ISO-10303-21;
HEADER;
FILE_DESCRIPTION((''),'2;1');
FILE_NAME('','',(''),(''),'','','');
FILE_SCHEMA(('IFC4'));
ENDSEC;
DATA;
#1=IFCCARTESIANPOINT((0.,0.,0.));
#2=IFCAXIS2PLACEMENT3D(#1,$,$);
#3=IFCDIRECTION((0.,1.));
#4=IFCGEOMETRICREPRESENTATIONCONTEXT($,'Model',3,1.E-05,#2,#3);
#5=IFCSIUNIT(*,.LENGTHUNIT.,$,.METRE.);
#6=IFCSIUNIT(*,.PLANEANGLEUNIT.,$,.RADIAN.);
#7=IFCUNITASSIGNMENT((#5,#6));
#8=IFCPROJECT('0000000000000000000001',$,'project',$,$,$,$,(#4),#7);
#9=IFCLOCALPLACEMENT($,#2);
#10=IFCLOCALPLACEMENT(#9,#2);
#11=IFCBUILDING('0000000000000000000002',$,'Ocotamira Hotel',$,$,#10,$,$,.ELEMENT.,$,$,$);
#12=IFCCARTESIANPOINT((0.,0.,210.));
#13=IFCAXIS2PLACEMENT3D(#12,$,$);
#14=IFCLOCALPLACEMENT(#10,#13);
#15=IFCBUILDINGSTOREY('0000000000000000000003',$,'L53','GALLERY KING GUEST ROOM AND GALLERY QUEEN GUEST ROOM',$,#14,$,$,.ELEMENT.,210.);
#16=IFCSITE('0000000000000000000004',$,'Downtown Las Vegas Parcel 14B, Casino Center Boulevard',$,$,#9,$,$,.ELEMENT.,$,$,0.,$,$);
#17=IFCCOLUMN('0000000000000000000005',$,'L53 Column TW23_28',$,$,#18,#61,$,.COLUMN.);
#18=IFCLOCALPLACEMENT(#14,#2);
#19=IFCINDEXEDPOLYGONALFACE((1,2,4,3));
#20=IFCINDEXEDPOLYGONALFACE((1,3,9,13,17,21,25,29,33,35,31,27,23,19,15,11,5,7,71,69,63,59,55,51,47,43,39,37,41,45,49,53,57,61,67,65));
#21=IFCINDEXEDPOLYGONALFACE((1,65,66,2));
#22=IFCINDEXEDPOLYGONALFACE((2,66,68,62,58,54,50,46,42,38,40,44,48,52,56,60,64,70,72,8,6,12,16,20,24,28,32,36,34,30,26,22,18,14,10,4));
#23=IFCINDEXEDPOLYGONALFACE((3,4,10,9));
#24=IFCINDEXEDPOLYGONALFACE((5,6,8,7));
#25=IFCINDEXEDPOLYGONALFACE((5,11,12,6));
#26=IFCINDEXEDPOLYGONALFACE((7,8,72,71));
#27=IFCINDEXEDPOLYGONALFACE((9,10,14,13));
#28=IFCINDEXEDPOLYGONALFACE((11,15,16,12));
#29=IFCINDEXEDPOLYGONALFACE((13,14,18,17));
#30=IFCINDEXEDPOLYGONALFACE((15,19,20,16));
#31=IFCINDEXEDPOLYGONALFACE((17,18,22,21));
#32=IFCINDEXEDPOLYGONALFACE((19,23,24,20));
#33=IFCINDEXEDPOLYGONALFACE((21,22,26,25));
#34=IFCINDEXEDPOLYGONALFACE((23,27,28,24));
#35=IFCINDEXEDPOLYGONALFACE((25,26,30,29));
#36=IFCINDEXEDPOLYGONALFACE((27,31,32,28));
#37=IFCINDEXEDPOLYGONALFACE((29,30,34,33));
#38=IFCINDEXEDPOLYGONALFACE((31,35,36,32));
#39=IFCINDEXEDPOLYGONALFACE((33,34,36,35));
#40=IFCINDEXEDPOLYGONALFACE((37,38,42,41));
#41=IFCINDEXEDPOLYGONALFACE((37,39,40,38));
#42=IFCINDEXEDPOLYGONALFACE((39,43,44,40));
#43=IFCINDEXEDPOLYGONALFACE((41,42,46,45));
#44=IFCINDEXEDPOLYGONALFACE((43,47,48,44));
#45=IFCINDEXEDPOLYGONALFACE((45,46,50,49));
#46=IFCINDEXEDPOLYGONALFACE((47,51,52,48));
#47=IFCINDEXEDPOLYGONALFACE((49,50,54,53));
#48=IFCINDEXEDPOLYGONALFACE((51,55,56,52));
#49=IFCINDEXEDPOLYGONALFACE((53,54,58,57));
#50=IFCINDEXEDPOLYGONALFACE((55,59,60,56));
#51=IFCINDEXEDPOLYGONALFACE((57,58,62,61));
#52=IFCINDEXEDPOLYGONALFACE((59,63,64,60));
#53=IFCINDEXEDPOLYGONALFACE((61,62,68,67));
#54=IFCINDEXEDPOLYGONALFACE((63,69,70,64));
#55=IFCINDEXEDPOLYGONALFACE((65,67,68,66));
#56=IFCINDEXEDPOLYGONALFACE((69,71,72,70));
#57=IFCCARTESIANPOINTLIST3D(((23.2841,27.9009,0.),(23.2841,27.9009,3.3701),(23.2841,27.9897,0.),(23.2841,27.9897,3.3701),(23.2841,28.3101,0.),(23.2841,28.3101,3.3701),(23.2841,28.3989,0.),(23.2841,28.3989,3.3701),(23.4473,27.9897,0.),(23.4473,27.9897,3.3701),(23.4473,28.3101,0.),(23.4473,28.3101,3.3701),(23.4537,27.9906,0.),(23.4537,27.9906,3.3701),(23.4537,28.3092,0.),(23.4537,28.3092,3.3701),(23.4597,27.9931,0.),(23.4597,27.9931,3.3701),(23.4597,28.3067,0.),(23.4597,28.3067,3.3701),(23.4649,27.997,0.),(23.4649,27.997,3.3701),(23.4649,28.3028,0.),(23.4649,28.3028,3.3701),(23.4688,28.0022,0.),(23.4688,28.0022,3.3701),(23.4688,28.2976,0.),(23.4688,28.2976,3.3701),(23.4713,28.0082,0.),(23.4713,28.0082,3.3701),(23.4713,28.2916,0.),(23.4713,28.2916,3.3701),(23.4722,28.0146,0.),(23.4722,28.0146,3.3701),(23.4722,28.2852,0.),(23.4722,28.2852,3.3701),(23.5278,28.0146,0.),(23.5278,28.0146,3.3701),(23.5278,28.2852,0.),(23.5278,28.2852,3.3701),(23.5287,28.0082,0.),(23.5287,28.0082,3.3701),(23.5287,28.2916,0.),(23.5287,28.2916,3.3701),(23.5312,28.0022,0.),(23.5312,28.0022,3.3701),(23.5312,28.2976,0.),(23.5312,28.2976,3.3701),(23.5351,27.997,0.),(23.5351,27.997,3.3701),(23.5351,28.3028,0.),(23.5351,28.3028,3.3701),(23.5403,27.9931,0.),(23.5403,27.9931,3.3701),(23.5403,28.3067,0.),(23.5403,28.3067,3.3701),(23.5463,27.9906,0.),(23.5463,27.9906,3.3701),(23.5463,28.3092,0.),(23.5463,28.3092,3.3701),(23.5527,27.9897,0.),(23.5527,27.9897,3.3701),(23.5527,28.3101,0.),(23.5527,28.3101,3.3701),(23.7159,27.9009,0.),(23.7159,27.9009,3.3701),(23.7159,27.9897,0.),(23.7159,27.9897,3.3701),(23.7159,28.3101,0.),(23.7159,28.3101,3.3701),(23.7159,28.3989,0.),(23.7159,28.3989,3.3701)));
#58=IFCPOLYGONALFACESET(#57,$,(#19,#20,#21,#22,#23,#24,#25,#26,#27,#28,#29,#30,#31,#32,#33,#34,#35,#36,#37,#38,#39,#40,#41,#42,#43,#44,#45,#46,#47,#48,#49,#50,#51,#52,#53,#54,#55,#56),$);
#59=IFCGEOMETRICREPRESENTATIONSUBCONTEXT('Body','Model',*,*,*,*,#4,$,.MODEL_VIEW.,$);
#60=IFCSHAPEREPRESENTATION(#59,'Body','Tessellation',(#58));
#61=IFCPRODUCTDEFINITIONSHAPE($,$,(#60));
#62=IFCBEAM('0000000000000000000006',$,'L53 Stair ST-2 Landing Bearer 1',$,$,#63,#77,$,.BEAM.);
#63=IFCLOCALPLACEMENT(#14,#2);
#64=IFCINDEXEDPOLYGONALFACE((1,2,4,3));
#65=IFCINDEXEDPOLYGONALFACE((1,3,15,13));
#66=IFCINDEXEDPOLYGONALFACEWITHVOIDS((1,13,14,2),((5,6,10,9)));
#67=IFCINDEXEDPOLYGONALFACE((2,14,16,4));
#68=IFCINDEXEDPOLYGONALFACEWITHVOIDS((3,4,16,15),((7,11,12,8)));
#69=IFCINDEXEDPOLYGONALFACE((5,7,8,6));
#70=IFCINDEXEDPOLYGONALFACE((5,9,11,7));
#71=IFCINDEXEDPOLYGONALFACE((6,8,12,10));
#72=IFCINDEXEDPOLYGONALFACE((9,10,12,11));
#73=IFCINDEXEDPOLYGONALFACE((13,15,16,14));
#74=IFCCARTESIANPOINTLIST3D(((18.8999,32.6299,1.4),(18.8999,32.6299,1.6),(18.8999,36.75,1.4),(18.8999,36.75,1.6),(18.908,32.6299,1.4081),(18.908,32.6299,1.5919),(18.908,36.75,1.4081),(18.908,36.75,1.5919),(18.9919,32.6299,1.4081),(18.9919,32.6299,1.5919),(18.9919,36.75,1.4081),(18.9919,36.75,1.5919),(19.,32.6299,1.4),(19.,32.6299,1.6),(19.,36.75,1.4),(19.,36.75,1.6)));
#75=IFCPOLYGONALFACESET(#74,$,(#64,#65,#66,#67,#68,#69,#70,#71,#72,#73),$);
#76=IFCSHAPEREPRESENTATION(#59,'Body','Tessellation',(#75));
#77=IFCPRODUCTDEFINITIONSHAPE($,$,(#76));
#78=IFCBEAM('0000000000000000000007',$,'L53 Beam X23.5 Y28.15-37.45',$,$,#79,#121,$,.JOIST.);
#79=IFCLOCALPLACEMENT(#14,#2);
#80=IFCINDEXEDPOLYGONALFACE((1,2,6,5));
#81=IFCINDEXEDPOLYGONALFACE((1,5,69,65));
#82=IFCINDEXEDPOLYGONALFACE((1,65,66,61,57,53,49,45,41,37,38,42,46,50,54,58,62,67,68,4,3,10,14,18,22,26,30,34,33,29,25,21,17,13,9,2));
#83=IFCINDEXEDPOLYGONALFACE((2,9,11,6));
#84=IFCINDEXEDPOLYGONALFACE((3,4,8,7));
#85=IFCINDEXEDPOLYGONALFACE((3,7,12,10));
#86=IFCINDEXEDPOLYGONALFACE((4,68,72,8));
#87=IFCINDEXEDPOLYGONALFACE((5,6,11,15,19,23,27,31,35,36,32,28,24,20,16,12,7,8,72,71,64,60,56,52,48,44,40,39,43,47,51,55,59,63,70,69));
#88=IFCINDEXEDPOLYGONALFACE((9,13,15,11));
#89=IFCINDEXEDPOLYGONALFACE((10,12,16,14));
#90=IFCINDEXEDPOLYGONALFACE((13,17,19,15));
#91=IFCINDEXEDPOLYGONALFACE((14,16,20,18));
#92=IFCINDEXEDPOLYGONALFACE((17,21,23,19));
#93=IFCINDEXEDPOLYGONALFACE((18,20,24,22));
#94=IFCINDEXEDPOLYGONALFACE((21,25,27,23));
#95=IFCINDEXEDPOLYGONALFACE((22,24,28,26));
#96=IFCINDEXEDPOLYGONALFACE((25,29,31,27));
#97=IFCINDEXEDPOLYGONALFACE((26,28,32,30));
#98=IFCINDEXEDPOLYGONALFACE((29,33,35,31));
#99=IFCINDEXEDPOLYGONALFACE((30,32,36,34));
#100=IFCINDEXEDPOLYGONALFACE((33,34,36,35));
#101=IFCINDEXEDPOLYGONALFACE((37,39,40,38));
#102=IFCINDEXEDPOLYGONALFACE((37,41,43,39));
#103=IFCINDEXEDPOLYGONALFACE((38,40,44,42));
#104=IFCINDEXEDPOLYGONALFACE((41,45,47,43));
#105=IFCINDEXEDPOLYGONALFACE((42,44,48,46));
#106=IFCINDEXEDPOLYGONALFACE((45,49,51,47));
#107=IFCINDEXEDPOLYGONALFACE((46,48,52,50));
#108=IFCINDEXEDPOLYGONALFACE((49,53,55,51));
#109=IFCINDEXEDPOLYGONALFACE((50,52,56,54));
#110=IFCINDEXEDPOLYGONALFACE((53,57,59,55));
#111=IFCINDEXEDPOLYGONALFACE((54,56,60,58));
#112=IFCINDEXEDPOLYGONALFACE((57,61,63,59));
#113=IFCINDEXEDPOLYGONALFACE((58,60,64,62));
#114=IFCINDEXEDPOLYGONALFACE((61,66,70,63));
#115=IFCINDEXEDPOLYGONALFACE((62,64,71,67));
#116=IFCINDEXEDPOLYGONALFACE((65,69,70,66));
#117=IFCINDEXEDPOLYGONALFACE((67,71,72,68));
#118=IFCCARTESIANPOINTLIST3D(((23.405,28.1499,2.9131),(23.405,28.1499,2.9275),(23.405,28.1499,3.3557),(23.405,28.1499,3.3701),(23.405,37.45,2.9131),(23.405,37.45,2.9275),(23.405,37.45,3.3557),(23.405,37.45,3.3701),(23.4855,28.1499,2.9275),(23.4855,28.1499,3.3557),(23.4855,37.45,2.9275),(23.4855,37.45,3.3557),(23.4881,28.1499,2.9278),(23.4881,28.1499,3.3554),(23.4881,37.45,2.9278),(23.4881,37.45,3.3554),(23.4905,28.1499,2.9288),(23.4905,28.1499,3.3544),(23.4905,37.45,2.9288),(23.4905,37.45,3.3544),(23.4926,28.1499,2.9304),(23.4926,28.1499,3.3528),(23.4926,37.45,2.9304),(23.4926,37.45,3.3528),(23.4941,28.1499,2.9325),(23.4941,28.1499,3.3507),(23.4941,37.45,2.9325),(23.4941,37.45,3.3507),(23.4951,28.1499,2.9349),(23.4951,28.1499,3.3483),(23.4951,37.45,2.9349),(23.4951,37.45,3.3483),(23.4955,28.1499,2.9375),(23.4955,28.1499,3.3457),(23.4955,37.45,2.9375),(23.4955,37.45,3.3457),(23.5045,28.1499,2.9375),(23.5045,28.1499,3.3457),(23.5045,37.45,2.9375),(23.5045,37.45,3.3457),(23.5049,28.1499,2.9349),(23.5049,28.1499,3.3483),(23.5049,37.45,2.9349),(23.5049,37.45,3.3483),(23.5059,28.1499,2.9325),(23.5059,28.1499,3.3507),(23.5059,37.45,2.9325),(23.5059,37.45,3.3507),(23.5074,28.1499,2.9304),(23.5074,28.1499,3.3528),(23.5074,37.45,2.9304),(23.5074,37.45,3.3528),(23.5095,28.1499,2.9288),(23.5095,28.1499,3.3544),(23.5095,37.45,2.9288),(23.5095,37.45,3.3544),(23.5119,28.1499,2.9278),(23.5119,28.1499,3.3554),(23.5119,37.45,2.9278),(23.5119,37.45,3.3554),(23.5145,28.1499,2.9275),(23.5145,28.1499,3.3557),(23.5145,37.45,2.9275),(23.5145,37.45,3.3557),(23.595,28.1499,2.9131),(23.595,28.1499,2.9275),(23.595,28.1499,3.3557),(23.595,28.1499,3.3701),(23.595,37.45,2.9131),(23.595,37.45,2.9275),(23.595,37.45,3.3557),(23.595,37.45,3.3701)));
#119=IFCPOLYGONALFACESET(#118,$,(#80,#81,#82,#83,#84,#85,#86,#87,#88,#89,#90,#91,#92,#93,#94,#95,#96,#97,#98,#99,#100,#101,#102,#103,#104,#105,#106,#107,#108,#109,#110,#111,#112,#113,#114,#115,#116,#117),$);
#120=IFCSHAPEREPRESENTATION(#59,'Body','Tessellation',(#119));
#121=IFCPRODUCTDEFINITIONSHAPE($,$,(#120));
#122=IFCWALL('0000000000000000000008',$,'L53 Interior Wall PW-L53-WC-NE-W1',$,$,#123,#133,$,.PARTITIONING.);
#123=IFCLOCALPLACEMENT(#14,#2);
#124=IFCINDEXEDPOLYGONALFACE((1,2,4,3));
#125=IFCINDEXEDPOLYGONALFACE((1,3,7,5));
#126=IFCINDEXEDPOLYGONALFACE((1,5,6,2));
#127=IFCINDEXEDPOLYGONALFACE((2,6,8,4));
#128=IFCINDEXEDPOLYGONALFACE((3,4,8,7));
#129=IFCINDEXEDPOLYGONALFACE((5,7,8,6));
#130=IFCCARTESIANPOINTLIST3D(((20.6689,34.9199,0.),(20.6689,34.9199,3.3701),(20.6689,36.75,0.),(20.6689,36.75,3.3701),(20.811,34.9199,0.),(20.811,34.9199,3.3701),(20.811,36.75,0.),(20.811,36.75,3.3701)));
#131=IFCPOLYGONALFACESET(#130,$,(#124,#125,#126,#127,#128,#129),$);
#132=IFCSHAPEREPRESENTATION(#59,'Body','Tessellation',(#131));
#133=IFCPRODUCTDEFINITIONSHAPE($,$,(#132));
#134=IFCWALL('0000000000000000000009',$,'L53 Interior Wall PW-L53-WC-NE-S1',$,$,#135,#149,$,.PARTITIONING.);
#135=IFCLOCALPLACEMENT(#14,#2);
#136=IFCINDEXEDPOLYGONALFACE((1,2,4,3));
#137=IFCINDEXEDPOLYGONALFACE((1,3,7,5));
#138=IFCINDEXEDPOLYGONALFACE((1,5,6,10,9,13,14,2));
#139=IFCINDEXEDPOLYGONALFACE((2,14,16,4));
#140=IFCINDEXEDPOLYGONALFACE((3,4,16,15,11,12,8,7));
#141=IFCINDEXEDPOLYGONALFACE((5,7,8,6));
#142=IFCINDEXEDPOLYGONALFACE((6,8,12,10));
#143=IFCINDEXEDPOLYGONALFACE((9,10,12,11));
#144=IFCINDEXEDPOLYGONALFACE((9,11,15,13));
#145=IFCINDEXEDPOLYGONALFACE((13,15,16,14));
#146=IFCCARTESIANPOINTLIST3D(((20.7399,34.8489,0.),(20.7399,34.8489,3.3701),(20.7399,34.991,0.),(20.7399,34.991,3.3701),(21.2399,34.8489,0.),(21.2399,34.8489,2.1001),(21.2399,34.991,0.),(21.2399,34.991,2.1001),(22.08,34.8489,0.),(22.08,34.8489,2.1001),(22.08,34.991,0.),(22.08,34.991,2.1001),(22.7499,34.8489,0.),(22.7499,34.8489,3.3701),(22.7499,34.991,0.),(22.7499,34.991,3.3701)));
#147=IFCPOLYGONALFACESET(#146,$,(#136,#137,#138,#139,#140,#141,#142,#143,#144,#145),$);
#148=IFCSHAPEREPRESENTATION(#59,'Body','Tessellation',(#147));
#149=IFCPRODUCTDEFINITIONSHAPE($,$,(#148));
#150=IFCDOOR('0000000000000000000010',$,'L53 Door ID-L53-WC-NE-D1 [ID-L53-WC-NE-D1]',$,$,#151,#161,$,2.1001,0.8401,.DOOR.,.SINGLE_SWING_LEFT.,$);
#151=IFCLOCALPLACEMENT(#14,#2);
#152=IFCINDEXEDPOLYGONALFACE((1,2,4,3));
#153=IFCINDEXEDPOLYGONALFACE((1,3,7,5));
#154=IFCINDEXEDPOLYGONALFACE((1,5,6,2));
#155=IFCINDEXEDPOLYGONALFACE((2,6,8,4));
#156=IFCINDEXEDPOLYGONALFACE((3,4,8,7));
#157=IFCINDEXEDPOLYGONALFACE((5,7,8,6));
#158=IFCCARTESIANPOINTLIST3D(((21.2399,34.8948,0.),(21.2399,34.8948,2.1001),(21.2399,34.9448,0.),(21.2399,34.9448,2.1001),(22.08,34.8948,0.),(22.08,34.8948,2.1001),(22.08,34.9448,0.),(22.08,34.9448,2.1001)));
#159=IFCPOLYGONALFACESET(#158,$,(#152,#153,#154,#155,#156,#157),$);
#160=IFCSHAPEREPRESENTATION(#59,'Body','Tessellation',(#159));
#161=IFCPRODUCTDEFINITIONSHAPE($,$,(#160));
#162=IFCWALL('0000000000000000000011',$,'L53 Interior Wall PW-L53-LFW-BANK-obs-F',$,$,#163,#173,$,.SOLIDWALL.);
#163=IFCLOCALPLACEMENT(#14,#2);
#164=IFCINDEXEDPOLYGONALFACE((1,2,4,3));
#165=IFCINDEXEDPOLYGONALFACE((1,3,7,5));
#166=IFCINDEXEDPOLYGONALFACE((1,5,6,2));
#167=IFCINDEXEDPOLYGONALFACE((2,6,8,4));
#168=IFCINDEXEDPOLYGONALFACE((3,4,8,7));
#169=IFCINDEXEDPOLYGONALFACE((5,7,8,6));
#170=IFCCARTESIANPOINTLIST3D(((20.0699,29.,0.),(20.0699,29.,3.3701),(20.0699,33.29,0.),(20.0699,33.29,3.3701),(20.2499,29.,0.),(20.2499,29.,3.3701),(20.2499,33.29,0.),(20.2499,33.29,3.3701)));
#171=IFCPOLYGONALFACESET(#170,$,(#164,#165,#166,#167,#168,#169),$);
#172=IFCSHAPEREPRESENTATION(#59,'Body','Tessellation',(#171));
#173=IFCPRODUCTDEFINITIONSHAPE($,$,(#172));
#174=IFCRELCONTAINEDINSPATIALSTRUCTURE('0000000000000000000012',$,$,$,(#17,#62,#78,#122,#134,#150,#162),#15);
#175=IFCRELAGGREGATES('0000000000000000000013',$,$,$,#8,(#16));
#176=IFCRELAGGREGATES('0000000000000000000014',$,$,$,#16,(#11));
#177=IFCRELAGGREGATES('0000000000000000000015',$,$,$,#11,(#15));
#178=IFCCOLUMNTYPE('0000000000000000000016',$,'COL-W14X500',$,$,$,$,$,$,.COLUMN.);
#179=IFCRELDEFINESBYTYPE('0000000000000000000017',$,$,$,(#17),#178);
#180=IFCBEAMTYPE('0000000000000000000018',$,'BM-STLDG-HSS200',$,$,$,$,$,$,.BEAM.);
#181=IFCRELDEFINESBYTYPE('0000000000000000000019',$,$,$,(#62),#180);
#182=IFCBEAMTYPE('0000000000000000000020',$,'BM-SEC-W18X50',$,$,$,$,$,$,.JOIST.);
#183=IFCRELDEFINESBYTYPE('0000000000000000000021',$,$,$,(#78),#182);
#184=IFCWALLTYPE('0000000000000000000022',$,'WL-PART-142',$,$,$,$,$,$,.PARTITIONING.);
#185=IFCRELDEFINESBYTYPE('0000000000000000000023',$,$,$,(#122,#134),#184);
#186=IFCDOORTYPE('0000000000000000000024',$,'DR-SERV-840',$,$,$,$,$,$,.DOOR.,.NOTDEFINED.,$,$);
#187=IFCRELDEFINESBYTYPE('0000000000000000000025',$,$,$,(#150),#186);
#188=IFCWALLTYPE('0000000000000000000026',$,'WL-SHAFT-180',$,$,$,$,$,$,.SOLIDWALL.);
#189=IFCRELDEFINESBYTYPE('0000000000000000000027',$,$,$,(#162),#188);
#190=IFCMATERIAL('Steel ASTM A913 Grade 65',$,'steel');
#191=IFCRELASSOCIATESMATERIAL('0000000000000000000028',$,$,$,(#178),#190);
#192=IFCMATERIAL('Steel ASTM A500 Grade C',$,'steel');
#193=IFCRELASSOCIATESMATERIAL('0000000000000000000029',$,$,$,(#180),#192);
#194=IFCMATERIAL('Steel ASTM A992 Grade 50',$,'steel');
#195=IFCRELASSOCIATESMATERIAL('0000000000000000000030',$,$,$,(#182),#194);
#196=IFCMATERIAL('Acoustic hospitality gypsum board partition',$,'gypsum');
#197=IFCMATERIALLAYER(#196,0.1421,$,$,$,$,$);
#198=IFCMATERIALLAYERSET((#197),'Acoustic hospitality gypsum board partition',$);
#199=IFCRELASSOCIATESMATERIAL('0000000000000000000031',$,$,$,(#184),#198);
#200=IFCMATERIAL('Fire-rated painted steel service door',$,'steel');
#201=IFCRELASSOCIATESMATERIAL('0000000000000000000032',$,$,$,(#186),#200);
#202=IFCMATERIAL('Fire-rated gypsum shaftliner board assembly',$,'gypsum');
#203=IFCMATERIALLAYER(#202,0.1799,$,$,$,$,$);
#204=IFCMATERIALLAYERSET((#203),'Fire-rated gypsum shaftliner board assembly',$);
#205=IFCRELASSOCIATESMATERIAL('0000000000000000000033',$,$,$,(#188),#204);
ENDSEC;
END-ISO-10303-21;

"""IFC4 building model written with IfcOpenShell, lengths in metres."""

from ifc_helpers import new_model, si_unit, direction, frame, frame_2d, origin, origin_2d, place, context, subcontext, project, spatial, rectangle, hollow_rectangle, i_section, extrude, source, transform, mapped, material, layer, layer_set, material_profile, profile_set, type_object, element, fill, save


model = new_model("IFC4")

# Units and contexts
model_context = context("Model", 3, precision=1e-05, world=origin(), true_north=direction((0.0, 1.0)))
body_context = subcontext(model_context, "Body", "Model", "MODEL_VIEW")
ifc_project = project(units=[si_unit("LENGTHUNIT", "METRE"), si_unit("PLANEANGLEUNIT", "RADIAN")], contexts=[model_context])

# Site, building, storey
site_placement = place(None, origin())
site = spatial("IfcSite", under=ifc_project, at=site_placement, Name="Downtown Las Vegas Parcel 14B, Casino Center Boulevard", CompositionType="ELEMENT", RefElevation=0.0)
building_placement = place(site_placement, origin())
building = spatial("IfcBuilding", under=site, at=building_placement, Name="Ocotamira Hotel", CompositionType="ELEMENT")
storey_placement = place(building_placement, frame((0.0, 0.0, 210.0)))
storey = spatial("IfcBuildingStorey", under=building, at=storey_placement, Name="L53", Description="GALLERY KING GUEST ROOM AND GALLERY QUEEN GUEST ROOM", CompositionType="ELEMENT", Elevation=210.0)

# Column
ifc_material_1 = material(Name="Steel ASTM A913 Grade 65", Category="steel")
ifc_material_profile_1 = material_profile(ifc_material_1, i_section(OverallWidth=0.4319, OverallDepth=0.498, WebThickness=0.0557, FlangeThickness=0.0889, FilletRadius=0.0249, at=origin_2d()), Name="W14X500")
ifc_profile_set_1 = profile_set([ifc_material_profile_1], Name="Steel ASTM A913 Grade 65")
column_type = type_object("IfcColumnType", Name="COL-W14X500", PredefinedType="COLUMN", material=ifc_profile_set_1)
shared_shape_1 = source(origin(), body_context, "Body", "SweptSolid", [
    extrude(i_section(OverallWidth=0.4319, OverallDepth=0.498, WebThickness=0.0557, FlangeThickness=0.0889, FilletRadius=0.0249, at=origin_2d()), origin(), (0.0, 0.0, 1.0), 3.3701),
])
column_placement = place(storey_placement, frame((23.5, 28.1499, 0.0), z_axis=(0.0, 0.0, 1.0), x_axis=(1.0, 0.0, 0.0)))
element("IfcColumn", 1, at=column_placement, inside=storey, type_object=column_type, Name="L53 Column TW23_28", PredefinedType="COLUMN", context=body_context, shape_type="MappedRepresentation", body=[
    mapped(shared_shape_1, transform((0.0, 0.0, 0.0), scale=1.0)),
])

# Beams
ifc_material_2 = material(Name="Steel ASTM A500 Grade C", Category="steel")
ifc_material_profile_2 = material_profile(ifc_material_2, hollow_rectangle(XDim=0.1001, YDim=0.2, WallThickness=0.0081, at=origin_2d()), Name="HSS200X100X8")
ifc_profile_set_2 = profile_set([ifc_material_profile_2], Name="Steel ASTM A500 Grade C")
beam_type_1 = type_object("IfcBeamType", Name="BM-STLDG-HSS200", PredefinedType="BEAM", material=ifc_profile_set_2)
shared_shape_2 = source(origin(), body_context, "Body", "SweptSolid", [
    extrude(hollow_rectangle(XDim=0.1001, YDim=0.2, WallThickness=0.0081, at=origin_2d()), origin(), (0.0, 0.0, 1.0), 4.1201),
])
beam_1_placement = place(storey_placement, frame((18.95, 32.6299, 1.5), z_axis=(0.0, 1.0, 0.0), x_axis=(-1.0, 0.0, 0.0)))
element("IfcBeam", 2, at=beam_1_placement, inside=storey, type_object=beam_type_1, Name="L53 Stair ST-2 Landing Bearer 1", PredefinedType="BEAM", context=body_context, shape_type="MappedRepresentation", body=[
    mapped(shared_shape_2, transform((0.0, 0.0, 0.0), scale=1.0)),
])
ifc_material_3 = material(Name="Steel ASTM A992 Grade 50", Category="steel")
ifc_material_profile_3 = material_profile(ifc_material_3, i_section(OverallWidth=0.1899, OverallDepth=0.457, WebThickness=0.009, FlangeThickness=0.0144, FilletRadius=0.01, at=origin_2d()), Name="W18X50")
ifc_profile_set_3 = profile_set([ifc_material_profile_3], Name="Steel ASTM A992 Grade 50")
beam_type_2 = type_object("IfcBeamType", Name="BM-SEC-W18X50", PredefinedType="JOIST", material=ifc_profile_set_3)
shared_shape_3 = source(origin(), body_context, "Body", "SweptSolid", [
    extrude(i_section(OverallWidth=0.1899, OverallDepth=0.457, WebThickness=0.009, FlangeThickness=0.0144, FilletRadius=0.01, at=origin_2d()), origin(), (0.0, 0.0, 1.0), 9.3),
])
beam_2_placement = place(storey_placement, frame((23.5, 28.1499, 3.1416), z_axis=(0.0, 1.0, 0.0), x_axis=(-1.0, 0.0, 0.0)))
element("IfcBeam", 3, at=beam_2_placement, inside=storey, type_object=beam_type_2, Name="L53 Beam X23.5 Y28.15-37.45", PredefinedType="JOIST", context=body_context, shape_type="MappedRepresentation", body=[
    mapped(shared_shape_3, transform((0.0, 0.0, 0.0), scale=1.0)),
])

# Wall
ifc_material_4 = material(Name="Acoustic hospitality gypsum board partition", Category="gypsum")
ifc_layer_1 = layer(ifc_material_4, 0.1421)
ifc_layer_set_1 = layer_set([ifc_layer_1], Name="Acoustic hospitality gypsum board partition")
wall_type_1 = type_object("IfcWallType", Name="WL-PART-142", PredefinedType="PARTITIONING", material=ifc_layer_set_1)
wall_1_placement = place(storey_placement, frame((20.74, 34.9199, 0.0), z_axis=(0.0, 0.0, 1.0), x_axis=(0.0, 1.0, 0.0)))
element("IfcWall", 4, at=wall_1_placement, inside=storey, type_object=wall_type_1, Name="L53 Interior Wall PW-L53-WC-NE-W1", PredefinedType="PARTITIONING", context=body_context, shape_type="SweptSolid", body=[
    extrude(rectangle(XDim=1.8301, YDim=0.1421, at=frame_2d((0.915, 0.0))), origin(), (0.0, 0.0, 1.0), 3.3701),
])

# Wall, opening, door
wall_2_placement = place(storey_placement, frame((20.74, 34.9199, 0.0), z_axis=(0.0, 0.0, 1.0), x_axis=(1.0, 0.0, 0.0)))
wall_2 = element("IfcWall", 5, at=wall_2_placement, inside=storey, type_object=wall_type_1, Name="L53 Interior Wall PW-L53-WC-NE-S1", PredefinedType="PARTITIONING", context=body_context, shape_type="SweptSolid", body=[
    extrude(rectangle(XDim=2.01, YDim=0.1421, at=frame_2d((1.0049, 0.0))), origin(), (0.0, 0.0, 1.0), 3.3701),
])
opening_1_placement = place(wall_2_placement, frame((0.5, 0.0, 0.0)))
opening_1 = element("IfcOpeningElement", 6, at=opening_1_placement, cuts=wall_2, PredefinedType="OPENING", context=body_context, shape_type="SweptSolid", body=[
    extrude(rectangle(XDim=0.8401, YDim=2.1001, at=frame_2d((0.4199, 1.05))), frame((0.0, 0.0811, 0.0), z_axis=(0.0, -1.0, 0.0), x_axis=(1.0, 0.0, 0.0)), (0.0, 0.0, 1.0), 0.1621),
])
ifc_material_5 = material(Name="Fire-rated painted steel service door", Category="steel")
door_type_1 = type_object("IfcDoorType", Name="DR-SERV-840", OperationType="NOTDEFINED", PredefinedType="DOOR", material=ifc_material_5)
shared_shape_4 = source(origin(), body_context, "Body", "SweptSolid", [
    extrude(rectangle(XDim=0.8401, YDim=2.1001, at=frame_2d((0.4199, 1.05))), frame((0.0, 0.0249, 0.0), z_axis=(0.0, -1.0, 0.0), x_axis=(1.0, 0.0, 0.0)), (0.0, 0.0, 1.0), 0.05),
])
door_1_placement = place(opening_1_placement, origin())
door_1 = element("IfcDoor", 7, at=door_1_placement, inside=storey, type_object=door_type_1, Name="L53 Door ID-L53-WC-NE-D1 [ID-L53-WC-NE-D1]", OperationType="SINGLE_SWING_LEFT", OverallHeight=2.1001, OverallWidth=0.8401, PredefinedType="DOOR", context=body_context, shape_type="MappedRepresentation", body=[
    mapped(shared_shape_4, transform((0.0, 0.0, 0.0), scale=1.0)),
])
fill(opening_1, door_1)

# Wall
ifc_material_6 = material(Name="Fire-rated gypsum shaftliner board assembly", Category="gypsum")
ifc_layer_2 = layer(ifc_material_6, 0.1799)
ifc_layer_set_2 = layer_set([ifc_layer_2], Name="Fire-rated gypsum shaftliner board assembly")
wall_type_2 = type_object("IfcWallType", Name="WL-SHAFT-180", PredefinedType="SOLIDWALL", material=ifc_layer_set_2)
wall_3_placement = place(storey_placement, frame((20.1599, 29.0, 0.0), z_axis=(0.0, 0.0, 1.0), x_axis=(0.0, 1.0, 0.0)))
element("IfcWall", 8, at=wall_3_placement, inside=storey, type_object=wall_type_2, Name="L53 Interior Wall PW-L53-LFW-BANK-obs-F", PredefinedType="SOLIDWALL", context=body_context, shape_type="SweptSolid", body=[
    extrude(rectangle(XDim=4.29, YDim=0.1799, at=frame_2d((2.145, 0.0))), origin(), (0.0, 0.0, 1.0), 3.3701),
])

save(model, "model.ifc")
